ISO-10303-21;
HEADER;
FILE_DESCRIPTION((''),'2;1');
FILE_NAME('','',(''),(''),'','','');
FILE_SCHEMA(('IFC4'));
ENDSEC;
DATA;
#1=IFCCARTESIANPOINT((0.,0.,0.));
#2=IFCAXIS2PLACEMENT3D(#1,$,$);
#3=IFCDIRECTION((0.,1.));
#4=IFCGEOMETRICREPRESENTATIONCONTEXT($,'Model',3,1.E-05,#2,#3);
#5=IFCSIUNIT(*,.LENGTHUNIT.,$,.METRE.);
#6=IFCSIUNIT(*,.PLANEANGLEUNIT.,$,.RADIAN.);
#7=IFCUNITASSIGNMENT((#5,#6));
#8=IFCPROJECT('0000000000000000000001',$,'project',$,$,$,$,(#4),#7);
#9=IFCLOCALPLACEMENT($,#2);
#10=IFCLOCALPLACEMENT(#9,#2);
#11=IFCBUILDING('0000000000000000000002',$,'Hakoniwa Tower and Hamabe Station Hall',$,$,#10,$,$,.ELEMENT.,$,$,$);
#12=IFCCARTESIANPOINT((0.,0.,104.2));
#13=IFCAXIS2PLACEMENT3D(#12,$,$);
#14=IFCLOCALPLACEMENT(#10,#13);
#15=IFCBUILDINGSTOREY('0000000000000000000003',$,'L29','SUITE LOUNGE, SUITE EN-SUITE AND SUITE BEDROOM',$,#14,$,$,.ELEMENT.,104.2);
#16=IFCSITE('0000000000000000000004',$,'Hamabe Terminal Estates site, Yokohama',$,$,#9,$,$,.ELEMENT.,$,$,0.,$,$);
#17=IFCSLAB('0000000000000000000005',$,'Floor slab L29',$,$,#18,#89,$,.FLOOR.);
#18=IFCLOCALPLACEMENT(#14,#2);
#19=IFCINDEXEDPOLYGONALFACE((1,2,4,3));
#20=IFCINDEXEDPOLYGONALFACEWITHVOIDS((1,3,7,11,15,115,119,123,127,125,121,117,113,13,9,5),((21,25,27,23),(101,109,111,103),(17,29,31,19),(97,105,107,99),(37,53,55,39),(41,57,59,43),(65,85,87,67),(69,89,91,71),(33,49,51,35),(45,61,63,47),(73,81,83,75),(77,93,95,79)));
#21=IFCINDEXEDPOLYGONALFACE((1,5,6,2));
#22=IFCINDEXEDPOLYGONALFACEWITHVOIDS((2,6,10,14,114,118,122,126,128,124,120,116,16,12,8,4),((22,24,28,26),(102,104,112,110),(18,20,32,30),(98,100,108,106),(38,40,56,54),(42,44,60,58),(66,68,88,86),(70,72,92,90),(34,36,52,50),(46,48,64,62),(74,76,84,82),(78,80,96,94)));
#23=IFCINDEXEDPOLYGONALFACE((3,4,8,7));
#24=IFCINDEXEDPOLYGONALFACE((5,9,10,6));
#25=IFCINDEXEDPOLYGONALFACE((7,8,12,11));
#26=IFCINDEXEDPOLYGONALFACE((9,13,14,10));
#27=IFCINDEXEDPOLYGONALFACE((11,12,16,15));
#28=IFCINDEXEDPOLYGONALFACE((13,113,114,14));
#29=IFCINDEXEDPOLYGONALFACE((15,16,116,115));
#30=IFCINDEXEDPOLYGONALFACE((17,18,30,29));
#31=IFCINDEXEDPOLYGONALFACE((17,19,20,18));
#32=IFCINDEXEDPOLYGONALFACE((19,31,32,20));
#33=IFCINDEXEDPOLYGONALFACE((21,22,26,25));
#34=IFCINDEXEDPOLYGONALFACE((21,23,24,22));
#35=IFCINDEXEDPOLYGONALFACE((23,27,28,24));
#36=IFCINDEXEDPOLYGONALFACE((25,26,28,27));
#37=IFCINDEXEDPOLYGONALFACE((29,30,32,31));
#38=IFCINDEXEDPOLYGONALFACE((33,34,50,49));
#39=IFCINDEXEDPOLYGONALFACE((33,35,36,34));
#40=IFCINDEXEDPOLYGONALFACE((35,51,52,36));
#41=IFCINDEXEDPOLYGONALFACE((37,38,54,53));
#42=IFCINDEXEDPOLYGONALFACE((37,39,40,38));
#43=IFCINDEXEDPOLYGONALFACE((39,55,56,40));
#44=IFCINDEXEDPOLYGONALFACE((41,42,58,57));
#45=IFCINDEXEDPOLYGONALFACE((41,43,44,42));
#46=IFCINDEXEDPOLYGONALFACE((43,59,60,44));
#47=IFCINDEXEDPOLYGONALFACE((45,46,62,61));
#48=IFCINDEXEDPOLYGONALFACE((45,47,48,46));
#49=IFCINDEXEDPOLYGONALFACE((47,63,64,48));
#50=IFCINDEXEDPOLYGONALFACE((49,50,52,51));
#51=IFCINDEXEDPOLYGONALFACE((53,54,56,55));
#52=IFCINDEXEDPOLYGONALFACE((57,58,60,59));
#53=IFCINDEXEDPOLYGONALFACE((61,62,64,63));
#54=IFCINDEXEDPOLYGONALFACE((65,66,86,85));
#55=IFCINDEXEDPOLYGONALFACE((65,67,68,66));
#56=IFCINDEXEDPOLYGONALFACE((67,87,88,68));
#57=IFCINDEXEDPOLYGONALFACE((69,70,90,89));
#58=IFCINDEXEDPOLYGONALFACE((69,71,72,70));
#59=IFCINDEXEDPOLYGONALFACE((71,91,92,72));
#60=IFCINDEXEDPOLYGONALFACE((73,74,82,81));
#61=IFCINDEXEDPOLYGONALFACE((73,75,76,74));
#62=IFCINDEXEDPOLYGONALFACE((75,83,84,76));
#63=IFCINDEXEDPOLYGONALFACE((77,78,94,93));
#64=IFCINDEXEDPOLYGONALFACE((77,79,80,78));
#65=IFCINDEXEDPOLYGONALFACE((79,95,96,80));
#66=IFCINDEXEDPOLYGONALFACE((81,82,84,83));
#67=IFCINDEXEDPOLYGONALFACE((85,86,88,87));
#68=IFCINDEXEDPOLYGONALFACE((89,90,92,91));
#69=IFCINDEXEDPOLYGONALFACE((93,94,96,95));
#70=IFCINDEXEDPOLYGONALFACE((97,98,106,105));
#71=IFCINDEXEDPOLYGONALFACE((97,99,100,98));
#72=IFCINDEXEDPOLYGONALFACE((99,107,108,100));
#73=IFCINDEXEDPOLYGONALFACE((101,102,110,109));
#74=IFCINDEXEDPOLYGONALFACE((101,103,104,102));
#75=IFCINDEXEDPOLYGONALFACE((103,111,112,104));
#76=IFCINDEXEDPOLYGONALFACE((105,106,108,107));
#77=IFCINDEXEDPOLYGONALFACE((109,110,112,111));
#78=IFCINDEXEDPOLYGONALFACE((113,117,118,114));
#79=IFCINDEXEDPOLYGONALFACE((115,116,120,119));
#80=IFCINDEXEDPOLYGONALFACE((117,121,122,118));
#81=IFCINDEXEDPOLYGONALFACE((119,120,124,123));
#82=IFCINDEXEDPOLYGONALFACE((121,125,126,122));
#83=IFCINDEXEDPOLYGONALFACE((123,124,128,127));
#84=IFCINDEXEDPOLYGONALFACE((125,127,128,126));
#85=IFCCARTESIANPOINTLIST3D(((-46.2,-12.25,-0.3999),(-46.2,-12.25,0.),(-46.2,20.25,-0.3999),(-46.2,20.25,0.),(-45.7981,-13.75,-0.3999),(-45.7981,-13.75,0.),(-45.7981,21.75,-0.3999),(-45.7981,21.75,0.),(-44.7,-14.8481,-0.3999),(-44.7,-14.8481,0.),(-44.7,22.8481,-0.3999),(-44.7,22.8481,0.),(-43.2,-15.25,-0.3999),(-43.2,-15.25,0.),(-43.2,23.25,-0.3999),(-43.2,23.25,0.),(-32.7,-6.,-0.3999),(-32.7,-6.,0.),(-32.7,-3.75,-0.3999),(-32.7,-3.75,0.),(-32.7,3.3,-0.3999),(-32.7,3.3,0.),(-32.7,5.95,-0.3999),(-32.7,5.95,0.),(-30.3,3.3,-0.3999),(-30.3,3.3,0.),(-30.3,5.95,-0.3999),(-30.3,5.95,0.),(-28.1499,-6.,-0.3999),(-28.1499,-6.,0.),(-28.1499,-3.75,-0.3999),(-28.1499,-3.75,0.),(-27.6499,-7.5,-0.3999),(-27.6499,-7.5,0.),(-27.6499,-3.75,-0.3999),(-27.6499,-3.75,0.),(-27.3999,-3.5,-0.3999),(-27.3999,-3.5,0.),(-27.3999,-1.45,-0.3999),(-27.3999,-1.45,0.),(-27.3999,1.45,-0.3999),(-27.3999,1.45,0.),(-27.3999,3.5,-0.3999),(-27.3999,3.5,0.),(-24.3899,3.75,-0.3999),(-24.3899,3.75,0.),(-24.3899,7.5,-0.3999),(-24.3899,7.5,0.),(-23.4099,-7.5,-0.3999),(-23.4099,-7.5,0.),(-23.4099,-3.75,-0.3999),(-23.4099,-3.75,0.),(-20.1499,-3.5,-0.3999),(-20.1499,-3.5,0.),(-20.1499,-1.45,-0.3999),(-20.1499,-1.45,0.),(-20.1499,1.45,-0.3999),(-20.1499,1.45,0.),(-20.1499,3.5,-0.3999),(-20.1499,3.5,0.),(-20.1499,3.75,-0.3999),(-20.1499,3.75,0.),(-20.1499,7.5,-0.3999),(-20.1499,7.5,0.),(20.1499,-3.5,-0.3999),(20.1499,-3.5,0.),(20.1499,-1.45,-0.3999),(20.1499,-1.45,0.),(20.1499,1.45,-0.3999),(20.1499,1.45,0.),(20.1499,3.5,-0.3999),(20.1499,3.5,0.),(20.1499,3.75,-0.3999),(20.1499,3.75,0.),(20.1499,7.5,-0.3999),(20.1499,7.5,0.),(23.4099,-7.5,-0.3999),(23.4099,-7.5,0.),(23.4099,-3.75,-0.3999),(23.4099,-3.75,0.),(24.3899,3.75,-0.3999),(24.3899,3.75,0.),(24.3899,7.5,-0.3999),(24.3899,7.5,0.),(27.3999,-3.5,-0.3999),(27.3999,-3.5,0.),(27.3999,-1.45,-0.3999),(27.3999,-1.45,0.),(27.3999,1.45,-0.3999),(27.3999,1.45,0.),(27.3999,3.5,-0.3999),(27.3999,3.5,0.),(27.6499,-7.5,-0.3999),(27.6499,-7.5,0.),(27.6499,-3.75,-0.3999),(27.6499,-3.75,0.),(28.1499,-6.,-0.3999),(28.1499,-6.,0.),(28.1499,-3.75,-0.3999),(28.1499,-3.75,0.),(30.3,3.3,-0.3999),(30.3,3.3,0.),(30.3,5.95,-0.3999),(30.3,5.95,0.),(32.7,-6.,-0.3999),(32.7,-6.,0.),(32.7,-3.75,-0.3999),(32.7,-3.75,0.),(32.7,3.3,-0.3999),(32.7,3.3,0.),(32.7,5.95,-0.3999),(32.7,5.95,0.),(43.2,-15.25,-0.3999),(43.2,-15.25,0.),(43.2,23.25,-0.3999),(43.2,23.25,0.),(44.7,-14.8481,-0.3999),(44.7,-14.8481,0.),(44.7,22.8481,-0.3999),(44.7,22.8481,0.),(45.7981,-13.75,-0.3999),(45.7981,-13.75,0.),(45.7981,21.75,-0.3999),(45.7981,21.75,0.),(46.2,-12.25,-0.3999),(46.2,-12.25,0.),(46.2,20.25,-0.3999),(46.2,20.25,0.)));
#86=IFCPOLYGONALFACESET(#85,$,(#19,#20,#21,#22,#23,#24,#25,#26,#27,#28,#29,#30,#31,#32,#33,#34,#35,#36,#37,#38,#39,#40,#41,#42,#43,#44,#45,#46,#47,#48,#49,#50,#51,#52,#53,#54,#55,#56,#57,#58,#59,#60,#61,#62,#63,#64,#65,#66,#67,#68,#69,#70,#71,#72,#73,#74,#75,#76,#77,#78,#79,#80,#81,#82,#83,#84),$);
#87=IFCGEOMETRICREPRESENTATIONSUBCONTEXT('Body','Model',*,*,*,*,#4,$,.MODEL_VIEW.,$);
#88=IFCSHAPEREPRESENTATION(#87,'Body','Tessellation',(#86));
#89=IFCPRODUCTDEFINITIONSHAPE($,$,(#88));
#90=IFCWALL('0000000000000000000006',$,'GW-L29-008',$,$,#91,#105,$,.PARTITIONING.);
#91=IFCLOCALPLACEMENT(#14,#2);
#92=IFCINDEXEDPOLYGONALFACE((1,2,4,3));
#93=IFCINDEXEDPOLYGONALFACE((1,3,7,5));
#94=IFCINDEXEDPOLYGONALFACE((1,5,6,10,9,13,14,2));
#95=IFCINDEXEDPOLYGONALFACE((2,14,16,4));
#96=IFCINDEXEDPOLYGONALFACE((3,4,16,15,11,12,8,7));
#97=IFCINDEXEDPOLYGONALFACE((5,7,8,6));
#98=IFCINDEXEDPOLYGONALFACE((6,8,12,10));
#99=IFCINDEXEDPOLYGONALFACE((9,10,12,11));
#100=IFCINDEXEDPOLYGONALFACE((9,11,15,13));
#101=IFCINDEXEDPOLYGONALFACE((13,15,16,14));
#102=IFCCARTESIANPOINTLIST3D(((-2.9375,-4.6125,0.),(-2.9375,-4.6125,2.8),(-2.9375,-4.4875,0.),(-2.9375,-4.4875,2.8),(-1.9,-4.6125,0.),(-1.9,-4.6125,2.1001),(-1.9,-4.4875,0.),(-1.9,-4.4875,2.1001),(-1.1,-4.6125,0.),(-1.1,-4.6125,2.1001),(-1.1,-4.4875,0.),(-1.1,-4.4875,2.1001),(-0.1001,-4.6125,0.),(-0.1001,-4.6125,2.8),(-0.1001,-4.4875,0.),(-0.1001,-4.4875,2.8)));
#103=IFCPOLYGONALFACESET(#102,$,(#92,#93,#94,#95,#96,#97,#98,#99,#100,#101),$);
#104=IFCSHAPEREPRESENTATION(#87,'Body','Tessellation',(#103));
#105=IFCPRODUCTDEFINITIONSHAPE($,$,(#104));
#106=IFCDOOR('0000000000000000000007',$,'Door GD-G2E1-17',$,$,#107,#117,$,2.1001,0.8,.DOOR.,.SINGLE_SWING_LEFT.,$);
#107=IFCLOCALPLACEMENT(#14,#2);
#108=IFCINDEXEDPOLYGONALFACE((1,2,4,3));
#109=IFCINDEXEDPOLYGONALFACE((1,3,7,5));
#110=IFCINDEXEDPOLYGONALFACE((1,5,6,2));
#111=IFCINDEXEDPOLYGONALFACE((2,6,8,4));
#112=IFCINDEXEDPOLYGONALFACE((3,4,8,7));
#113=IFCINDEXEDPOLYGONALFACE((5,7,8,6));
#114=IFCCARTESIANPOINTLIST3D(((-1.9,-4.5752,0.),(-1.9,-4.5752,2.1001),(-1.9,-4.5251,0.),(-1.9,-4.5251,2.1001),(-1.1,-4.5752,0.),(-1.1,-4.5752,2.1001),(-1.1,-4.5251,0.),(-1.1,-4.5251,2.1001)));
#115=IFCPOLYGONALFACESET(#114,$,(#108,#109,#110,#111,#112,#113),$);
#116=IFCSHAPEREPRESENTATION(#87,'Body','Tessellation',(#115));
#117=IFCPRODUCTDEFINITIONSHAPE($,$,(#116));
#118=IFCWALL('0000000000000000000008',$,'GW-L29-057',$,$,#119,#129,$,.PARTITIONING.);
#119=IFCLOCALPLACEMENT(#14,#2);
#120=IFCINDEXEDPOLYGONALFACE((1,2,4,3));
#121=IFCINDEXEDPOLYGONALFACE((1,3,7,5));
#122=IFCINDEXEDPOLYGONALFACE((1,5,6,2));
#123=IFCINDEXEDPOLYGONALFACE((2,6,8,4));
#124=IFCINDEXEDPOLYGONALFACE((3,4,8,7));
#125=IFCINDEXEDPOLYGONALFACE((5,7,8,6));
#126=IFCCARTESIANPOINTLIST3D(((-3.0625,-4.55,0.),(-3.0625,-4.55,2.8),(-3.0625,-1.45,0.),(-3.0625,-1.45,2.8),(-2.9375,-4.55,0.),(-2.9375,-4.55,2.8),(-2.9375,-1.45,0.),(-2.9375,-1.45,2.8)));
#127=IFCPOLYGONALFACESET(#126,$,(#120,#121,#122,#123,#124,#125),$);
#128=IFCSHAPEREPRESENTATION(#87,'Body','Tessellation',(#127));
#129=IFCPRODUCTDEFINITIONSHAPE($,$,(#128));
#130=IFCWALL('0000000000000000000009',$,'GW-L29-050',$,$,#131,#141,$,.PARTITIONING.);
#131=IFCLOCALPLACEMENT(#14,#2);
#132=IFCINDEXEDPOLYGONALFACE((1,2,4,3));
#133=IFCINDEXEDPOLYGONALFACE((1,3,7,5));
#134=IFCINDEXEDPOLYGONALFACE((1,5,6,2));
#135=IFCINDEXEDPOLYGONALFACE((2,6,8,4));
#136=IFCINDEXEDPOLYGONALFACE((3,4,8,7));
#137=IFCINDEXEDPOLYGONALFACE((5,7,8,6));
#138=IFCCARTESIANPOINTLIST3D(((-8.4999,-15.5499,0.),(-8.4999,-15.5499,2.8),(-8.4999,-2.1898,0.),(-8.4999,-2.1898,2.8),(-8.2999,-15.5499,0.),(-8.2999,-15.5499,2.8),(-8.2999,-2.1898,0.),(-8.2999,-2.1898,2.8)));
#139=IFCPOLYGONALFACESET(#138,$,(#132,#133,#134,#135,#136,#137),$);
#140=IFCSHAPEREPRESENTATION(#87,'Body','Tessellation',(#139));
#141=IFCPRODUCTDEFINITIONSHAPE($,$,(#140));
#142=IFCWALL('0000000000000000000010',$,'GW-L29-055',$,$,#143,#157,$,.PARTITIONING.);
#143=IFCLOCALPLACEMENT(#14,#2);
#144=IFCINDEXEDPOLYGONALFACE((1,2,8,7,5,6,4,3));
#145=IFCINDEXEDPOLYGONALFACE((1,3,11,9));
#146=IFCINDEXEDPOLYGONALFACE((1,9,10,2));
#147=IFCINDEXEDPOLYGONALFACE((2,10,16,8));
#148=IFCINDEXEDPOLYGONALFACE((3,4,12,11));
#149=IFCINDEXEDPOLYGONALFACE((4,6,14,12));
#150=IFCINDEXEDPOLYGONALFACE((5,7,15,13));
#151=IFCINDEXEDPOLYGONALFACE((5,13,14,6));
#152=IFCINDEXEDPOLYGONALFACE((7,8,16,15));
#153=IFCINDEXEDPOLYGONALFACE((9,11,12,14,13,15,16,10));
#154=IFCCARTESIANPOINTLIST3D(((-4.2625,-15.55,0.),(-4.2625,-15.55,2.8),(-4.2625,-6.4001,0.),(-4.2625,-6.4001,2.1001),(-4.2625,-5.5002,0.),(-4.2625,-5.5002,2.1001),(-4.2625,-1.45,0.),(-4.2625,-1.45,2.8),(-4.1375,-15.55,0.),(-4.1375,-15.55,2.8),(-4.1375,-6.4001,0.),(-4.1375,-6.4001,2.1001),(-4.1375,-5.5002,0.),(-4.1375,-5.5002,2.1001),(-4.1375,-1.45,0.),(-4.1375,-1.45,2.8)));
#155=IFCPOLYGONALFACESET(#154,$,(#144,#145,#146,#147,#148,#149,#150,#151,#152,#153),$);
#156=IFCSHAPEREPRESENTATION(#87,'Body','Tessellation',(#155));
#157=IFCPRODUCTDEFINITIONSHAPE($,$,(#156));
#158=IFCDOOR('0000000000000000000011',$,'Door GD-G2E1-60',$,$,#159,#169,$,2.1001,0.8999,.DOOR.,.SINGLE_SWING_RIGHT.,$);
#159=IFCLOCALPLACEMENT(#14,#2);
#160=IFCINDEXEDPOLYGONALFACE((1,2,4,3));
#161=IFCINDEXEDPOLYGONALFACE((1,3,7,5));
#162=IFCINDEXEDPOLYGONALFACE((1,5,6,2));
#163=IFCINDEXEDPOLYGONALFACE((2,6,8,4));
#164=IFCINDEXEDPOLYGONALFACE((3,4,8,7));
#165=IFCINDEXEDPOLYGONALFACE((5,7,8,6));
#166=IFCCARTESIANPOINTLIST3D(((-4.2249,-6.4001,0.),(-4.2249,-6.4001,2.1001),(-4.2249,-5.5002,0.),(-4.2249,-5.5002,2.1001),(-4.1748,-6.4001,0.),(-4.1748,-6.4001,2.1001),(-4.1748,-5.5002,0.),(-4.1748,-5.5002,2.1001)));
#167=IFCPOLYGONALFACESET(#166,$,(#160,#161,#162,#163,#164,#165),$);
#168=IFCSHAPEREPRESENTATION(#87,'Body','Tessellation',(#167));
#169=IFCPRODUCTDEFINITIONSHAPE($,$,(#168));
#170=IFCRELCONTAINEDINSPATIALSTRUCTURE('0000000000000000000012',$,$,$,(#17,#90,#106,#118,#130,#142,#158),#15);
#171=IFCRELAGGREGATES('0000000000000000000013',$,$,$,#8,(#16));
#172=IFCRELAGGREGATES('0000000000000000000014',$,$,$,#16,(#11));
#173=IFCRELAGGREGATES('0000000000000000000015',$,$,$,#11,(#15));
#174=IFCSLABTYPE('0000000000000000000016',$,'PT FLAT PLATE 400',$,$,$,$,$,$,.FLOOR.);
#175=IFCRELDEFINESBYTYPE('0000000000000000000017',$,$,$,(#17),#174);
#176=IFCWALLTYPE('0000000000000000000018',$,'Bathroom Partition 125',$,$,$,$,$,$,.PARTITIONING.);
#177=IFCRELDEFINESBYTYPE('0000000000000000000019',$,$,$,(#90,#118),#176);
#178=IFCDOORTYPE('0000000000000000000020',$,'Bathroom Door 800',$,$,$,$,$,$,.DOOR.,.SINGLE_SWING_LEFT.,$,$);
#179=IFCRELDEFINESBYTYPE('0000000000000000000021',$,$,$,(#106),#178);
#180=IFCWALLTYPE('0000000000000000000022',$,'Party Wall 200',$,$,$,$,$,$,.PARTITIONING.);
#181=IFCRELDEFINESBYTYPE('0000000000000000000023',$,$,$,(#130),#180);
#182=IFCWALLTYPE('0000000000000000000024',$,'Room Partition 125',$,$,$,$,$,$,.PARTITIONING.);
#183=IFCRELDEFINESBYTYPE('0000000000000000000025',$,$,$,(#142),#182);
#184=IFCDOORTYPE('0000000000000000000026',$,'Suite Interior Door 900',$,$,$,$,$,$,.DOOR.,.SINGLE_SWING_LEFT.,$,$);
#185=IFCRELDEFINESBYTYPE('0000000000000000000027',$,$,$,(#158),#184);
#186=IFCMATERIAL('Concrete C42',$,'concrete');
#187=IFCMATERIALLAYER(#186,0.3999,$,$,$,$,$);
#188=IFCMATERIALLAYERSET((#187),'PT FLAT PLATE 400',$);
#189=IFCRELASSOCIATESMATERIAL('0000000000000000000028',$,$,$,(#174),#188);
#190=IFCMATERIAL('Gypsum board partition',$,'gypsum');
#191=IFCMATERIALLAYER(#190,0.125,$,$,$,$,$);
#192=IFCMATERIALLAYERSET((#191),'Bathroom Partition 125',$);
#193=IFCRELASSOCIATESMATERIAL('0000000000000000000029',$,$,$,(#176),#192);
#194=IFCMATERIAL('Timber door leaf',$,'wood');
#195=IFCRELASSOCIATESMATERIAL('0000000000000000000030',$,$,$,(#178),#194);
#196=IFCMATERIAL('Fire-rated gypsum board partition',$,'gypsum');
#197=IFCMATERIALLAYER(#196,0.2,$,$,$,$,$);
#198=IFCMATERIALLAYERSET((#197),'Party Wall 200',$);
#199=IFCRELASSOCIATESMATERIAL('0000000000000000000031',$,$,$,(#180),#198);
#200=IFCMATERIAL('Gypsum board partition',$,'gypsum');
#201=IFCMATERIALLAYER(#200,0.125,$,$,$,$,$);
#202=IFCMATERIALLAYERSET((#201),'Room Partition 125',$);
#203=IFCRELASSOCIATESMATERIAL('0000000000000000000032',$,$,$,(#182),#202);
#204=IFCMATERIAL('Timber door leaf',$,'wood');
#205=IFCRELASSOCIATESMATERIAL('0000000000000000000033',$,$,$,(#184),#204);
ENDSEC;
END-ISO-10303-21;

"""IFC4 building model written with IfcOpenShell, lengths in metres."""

from ifc_helpers import new_model, si_unit, direction, frame, frame_2d, origin, place, context, subcontext, project, spatial, polyline, rectangle, outline, extrude, material, layer, layer_set, type_object, element, fill, save


model = new_model("IFC4")

# Units and contexts
model_context = context("Model", 3, precision=1e-05, world=origin(), true_north=direction((0.0, 1.0)))
body_context = subcontext(model_context, "Body", "Model", "MODEL_VIEW")
ifc_project = project(units=[si_unit("LENGTHUNIT", "METRE"), si_unit("PLANEANGLEUNIT", "RADIAN")], contexts=[model_context])

# Site, building, storey
site_placement = place(None, origin())
site = spatial("IfcSite", under=ifc_project, at=site_placement, Name="Hamabe Terminal Estates site, Yokohama", CompositionType="ELEMENT", RefElevation=0.0)
building_placement = place(site_placement, origin())
building = spatial("IfcBuilding", under=site, at=building_placement, Name="Hakoniwa Tower and Hamabe Station Hall", CompositionType="ELEMENT")
storey_placement = place(building_placement, frame((0.0, 0.0, 104.2)))
storey = spatial("IfcBuildingStorey", under=building, at=storey_placement, Name="L29", Description="SUITE LOUNGE, SUITE EN-SUITE AND SUITE BEDROOM", CompositionType="ELEMENT", Elevation=104.2)

# Slab
ifc_material_1 = material(Name="Concrete C42", Category="concrete")
ifc_layer_1 = layer(ifc_material_1, 0.3999)
ifc_layer_set_1 = layer_set([ifc_layer_1], Name="PT FLAT PLATE 400")
slab_type = type_object("IfcSlabType", Name="PT FLAT PLATE 400", PredefinedType="FLOOR", material=ifc_layer_set_1)
slab_placement = place(storey_placement, frame((0.0, 0.0, -0.3999)))
element("IfcSlab", 1, at=slab_placement, inside=storey, type_object=slab_type, Name="Floor slab L29", PredefinedType="FLOOR", context=body_context, shape_type="SweptSolid", body=[
    extrude(outline(polyline([(46.2, -12.25), (46.2, 20.25), (45.7981, 21.75), (44.7, 22.8481), (43.2, 23.25), (-43.2, 23.25), (-44.7, 22.8481), (-45.7981, 21.75), (-46.2, 20.25), (-46.2, -12.25), (-45.7981, -13.75), (-44.7, -14.8481), (-43.2, -15.25), (43.2, -15.25), (44.7, -14.8481), (45.7981, -13.75), (46.2, -12.25)]), holes=[polyline([(-27.3999, 1.45), (-27.3999, 3.5), (-20.1499, 3.5), (-20.1499, 1.45), (-27.3999, 1.45)]), polyline([(-27.3999, -3.5), (-27.3999, -1.45), (-20.1499, -1.45), (-20.1499, -3.5), (-27.3999, -3.5)]), polyline([(-32.7, 3.3), (-32.7, 5.95), (-30.3, 5.95), (-30.3, 3.3), (-32.7, 3.3)]), polyline([(-32.7, -6.0), (-32.7, -3.75), (-28.1499, -3.75), (-28.1499, -6.0), (-32.7, -6.0)]), polyline([(-24.3899, 3.75), (-24.3899, 7.5), (-20.1499, 7.5), (-20.1499, 3.75), (-24.3899, 3.75)]), polyline([(-27.6499, -7.5), (-27.6499, -3.75), (-23.4099, -3.75), (-23.4099, -7.5), (-27.6499, -7.5)]), polyline([(20.1499, 1.45), (20.1499, 3.5), (27.3999, 3.5), (27.3999, 1.45), (20.1499, 1.45)]), polyline([(20.1499, -3.5), (20.1499, -1.45), (27.3999, -1.45), (27.3999, -3.5), (20.1499, -3.5)]), polyline([(30.3, 3.3), (30.3, 5.95), (32.7, 5.95), (32.7, 3.3), (30.3, 3.3)]), polyline([(28.1499, -6.0), (28.1499, -3.75), (32.7, -3.75), (32.7, -6.0), (28.1499, -6.0)]), polyline([(20.1499, 3.75), (20.1499, 7.5), (24.3899, 7.5), (24.3899, 3.75), (20.1499, 3.75)]), polyline([(23.4099, -7.5), (23.4099, -3.75), (27.6499, -3.75), (27.6499, -7.5), (23.4099, -7.5)])]), origin(), (0.0, 0.0, 1.0), 0.3999),
])

# Wall, opening, door
ifc_material_2 = material(Name="Gypsum board partition", Category="gypsum")
ifc_layer_2 = layer(ifc_material_2, 0.125)
ifc_layer_set_2 = layer_set([ifc_layer_2], Name="Bathroom Partition 125")
wall_type_1 = type_object("IfcWallType", Name="Bathroom Partition 125", PredefinedType="PARTITIONING", material=ifc_layer_set_2)
wall_1_placement = place(storey_placement, frame((-2.9375, -4.55, 0.0), z_axis=(0.0, 0.0, 1.0), x_axis=(1.0, 0.0, 0.0)))
wall_1 = element("IfcWall", 2, at=wall_1_placement, inside=storey, type_object=wall_type_1, Name="GW-L29-008", PredefinedType="PARTITIONING", context=body_context, shape_type="SweptSolid", body=[
    extrude(rectangle(XDim=2.8374, YDim=0.125, at=frame_2d((1.4187, 0.0))), origin(), (0.0, 0.0, 1.0), 2.8),
])
opening_1_placement = place(wall_1_placement, frame((1.0376, 0.0, 0.0)))
opening_1 = element("IfcOpeningElement", 3, at=opening_1_placement, cuts=wall_1, PredefinedType="OPENING", context=body_context, shape_type="SweptSolid", body=[
    extrude(rectangle(XDim=0.8, YDim=2.1001, at=frame_2d((0.3999, 1.05))), frame((0.0, 0.0725, 0.0), z_axis=(0.0, -1.0, 0.0), x_axis=(1.0, 0.0, 0.0)), (0.0, 0.0, 1.0), 0.145),
])
ifc_material_3 = material(Name="Timber door leaf", Category="wood")
door_type_1 = type_object("IfcDoorType", Name="Bathroom Door 800", OperationType="SINGLE_SWING_LEFT", PredefinedType="DOOR", material=ifc_material_3)
door_1_placement = place(opening_1_placement, origin())
door_1 = element("IfcDoor", 4, at=door_1_placement, inside=storey, type_object=door_type_1, Name="Door GD-G2E1-17", OperationType="SINGLE_SWING_LEFT", OverallHeight=2.1001, OverallWidth=0.8, PredefinedType="DOOR", context=body_context, shape_type="SweptSolid", body=[
    extrude(rectangle(XDim=0.8, YDim=2.1001, at=frame_2d((0.3999, 1.05))), frame((0.0, 0.0249, 0.0), z_axis=(0.0, -1.0, 0.0), x_axis=(1.0, 0.0, 0.0)), (0.0, 0.0, 1.0), 0.05),
])
fill(opening_1, door_1)

# Walls
wall_2_placement = place(storey_placement, frame((-3.0, -4.55, 0.0), z_axis=(0.0, 0.0, 1.0), x_axis=(0.0, 1.0, 0.0)))
element("IfcWall", 5, at=wall_2_placement, inside=storey, type_object=wall_type_1, Name="GW-L29-057", PredefinedType="PARTITIONING", context=body_context, shape_type="SweptSolid", body=[
    extrude(rectangle(XDim=3.1001, YDim=0.125, at=frame_2d((1.55, 0.0))), origin(), (0.0, 0.0, 1.0), 2.8),
])
ifc_material_4 = material(Name="Fire-rated gypsum board partition", Category="gypsum")
ifc_layer_3 = layer(ifc_material_4, 0.2)
ifc_layer_set_3 = layer_set([ifc_layer_3], Name="Party Wall 200")
wall_type_2 = type_object("IfcWallType", Name="Party Wall 200", PredefinedType="PARTITIONING", material=ifc_layer_set_3)
wall_3_placement = place(storey_placement, frame((-8.3999, -15.55, 0.0), z_axis=(0.0, 0.0, 1.0), x_axis=(0.0, 1.0, 0.0)))
element("IfcWall", 6, at=wall_3_placement, inside=storey, type_object=wall_type_2, Name="GW-L29-050", PredefinedType="PARTITIONING", context=body_context, shape_type="SweptSolid", body=[
    extrude(rectangle(XDim=13.3601, YDim=0.2, at=frame_2d((6.6802, 0.0))), origin(), (0.0, 0.0, 1.0), 2.8),
])

# Wall, opening, door
ifc_material_5 = material(Name="Gypsum board partition", Category="gypsum")
ifc_layer_4 = layer(ifc_material_5, 0.125)
ifc_layer_set_4 = layer_set([ifc_layer_4], Name="Room Partition 125")
wall_type_3 = type_object("IfcWallType", Name="Room Partition 125", PredefinedType="PARTITIONING", material=ifc_layer_set_4)
wall_4_placement = place(storey_placement, frame((-4.2, -15.55, 0.0), z_axis=(0.0, 0.0, 1.0), x_axis=(0.0, 1.0, 0.0)))
wall_4 = element("IfcWall", 7, at=wall_4_placement, inside=storey, type_object=wall_type_3, Name="GW-L29-055", PredefinedType="PARTITIONING", context=body_context, shape_type="SweptSolid", body=[
    extrude(rectangle(XDim=14.1001, YDim=0.125, at=frame_2d((7.05, 0.0))), origin(), (0.0, 0.0, 1.0), 2.8),
])
opening_2_placement = place(wall_4_placement, frame((9.1499, 0.0, 0.0)))
opening_2 = element("IfcOpeningElement", 8, at=opening_2_placement, cuts=wall_4, PredefinedType="OPENING", context=body_context, shape_type="SweptSolid", body=[
    extrude(rectangle(XDim=0.8999, YDim=2.1001, at=frame_2d((0.45, 1.05))), frame((0.0, 0.0725, 0.0), z_axis=(0.0, -1.0, 0.0), x_axis=(1.0, 0.0, 0.0)), (0.0, 0.0, 1.0), 0.145),
])
ifc_material_6 = material(Name="Timber door leaf", Category="wood")
door_type_2 = type_object("IfcDoorType", Name="Suite Interior Door 900", OperationType="SINGLE_SWING_LEFT", PredefinedType="DOOR", material=ifc_material_6)
door_2_placement = place(opening_2_placement, origin())
door_2 = element("IfcDoor", 9, at=door_2_placement, inside=storey, type_object=door_type_2, Name="Door GD-G2E1-60", OperationType="SINGLE_SWING_RIGHT", OverallHeight=2.1001, OverallWidth=0.8999, PredefinedType="DOOR", context=body_context, shape_type="SweptSolid", body=[
    extrude(rectangle(XDim=0.8999, YDim=2.1001, at=frame_2d((0.45, 1.05))), frame((0.0, 0.0249, 0.0), z_axis=(0.0, -1.0, 0.0), x_axis=(1.0, 0.0, 0.0)), (0.0, 0.0, 1.0), 0.05),
])
fill(opening_2, door_2)

save(model, "model.ifc")
